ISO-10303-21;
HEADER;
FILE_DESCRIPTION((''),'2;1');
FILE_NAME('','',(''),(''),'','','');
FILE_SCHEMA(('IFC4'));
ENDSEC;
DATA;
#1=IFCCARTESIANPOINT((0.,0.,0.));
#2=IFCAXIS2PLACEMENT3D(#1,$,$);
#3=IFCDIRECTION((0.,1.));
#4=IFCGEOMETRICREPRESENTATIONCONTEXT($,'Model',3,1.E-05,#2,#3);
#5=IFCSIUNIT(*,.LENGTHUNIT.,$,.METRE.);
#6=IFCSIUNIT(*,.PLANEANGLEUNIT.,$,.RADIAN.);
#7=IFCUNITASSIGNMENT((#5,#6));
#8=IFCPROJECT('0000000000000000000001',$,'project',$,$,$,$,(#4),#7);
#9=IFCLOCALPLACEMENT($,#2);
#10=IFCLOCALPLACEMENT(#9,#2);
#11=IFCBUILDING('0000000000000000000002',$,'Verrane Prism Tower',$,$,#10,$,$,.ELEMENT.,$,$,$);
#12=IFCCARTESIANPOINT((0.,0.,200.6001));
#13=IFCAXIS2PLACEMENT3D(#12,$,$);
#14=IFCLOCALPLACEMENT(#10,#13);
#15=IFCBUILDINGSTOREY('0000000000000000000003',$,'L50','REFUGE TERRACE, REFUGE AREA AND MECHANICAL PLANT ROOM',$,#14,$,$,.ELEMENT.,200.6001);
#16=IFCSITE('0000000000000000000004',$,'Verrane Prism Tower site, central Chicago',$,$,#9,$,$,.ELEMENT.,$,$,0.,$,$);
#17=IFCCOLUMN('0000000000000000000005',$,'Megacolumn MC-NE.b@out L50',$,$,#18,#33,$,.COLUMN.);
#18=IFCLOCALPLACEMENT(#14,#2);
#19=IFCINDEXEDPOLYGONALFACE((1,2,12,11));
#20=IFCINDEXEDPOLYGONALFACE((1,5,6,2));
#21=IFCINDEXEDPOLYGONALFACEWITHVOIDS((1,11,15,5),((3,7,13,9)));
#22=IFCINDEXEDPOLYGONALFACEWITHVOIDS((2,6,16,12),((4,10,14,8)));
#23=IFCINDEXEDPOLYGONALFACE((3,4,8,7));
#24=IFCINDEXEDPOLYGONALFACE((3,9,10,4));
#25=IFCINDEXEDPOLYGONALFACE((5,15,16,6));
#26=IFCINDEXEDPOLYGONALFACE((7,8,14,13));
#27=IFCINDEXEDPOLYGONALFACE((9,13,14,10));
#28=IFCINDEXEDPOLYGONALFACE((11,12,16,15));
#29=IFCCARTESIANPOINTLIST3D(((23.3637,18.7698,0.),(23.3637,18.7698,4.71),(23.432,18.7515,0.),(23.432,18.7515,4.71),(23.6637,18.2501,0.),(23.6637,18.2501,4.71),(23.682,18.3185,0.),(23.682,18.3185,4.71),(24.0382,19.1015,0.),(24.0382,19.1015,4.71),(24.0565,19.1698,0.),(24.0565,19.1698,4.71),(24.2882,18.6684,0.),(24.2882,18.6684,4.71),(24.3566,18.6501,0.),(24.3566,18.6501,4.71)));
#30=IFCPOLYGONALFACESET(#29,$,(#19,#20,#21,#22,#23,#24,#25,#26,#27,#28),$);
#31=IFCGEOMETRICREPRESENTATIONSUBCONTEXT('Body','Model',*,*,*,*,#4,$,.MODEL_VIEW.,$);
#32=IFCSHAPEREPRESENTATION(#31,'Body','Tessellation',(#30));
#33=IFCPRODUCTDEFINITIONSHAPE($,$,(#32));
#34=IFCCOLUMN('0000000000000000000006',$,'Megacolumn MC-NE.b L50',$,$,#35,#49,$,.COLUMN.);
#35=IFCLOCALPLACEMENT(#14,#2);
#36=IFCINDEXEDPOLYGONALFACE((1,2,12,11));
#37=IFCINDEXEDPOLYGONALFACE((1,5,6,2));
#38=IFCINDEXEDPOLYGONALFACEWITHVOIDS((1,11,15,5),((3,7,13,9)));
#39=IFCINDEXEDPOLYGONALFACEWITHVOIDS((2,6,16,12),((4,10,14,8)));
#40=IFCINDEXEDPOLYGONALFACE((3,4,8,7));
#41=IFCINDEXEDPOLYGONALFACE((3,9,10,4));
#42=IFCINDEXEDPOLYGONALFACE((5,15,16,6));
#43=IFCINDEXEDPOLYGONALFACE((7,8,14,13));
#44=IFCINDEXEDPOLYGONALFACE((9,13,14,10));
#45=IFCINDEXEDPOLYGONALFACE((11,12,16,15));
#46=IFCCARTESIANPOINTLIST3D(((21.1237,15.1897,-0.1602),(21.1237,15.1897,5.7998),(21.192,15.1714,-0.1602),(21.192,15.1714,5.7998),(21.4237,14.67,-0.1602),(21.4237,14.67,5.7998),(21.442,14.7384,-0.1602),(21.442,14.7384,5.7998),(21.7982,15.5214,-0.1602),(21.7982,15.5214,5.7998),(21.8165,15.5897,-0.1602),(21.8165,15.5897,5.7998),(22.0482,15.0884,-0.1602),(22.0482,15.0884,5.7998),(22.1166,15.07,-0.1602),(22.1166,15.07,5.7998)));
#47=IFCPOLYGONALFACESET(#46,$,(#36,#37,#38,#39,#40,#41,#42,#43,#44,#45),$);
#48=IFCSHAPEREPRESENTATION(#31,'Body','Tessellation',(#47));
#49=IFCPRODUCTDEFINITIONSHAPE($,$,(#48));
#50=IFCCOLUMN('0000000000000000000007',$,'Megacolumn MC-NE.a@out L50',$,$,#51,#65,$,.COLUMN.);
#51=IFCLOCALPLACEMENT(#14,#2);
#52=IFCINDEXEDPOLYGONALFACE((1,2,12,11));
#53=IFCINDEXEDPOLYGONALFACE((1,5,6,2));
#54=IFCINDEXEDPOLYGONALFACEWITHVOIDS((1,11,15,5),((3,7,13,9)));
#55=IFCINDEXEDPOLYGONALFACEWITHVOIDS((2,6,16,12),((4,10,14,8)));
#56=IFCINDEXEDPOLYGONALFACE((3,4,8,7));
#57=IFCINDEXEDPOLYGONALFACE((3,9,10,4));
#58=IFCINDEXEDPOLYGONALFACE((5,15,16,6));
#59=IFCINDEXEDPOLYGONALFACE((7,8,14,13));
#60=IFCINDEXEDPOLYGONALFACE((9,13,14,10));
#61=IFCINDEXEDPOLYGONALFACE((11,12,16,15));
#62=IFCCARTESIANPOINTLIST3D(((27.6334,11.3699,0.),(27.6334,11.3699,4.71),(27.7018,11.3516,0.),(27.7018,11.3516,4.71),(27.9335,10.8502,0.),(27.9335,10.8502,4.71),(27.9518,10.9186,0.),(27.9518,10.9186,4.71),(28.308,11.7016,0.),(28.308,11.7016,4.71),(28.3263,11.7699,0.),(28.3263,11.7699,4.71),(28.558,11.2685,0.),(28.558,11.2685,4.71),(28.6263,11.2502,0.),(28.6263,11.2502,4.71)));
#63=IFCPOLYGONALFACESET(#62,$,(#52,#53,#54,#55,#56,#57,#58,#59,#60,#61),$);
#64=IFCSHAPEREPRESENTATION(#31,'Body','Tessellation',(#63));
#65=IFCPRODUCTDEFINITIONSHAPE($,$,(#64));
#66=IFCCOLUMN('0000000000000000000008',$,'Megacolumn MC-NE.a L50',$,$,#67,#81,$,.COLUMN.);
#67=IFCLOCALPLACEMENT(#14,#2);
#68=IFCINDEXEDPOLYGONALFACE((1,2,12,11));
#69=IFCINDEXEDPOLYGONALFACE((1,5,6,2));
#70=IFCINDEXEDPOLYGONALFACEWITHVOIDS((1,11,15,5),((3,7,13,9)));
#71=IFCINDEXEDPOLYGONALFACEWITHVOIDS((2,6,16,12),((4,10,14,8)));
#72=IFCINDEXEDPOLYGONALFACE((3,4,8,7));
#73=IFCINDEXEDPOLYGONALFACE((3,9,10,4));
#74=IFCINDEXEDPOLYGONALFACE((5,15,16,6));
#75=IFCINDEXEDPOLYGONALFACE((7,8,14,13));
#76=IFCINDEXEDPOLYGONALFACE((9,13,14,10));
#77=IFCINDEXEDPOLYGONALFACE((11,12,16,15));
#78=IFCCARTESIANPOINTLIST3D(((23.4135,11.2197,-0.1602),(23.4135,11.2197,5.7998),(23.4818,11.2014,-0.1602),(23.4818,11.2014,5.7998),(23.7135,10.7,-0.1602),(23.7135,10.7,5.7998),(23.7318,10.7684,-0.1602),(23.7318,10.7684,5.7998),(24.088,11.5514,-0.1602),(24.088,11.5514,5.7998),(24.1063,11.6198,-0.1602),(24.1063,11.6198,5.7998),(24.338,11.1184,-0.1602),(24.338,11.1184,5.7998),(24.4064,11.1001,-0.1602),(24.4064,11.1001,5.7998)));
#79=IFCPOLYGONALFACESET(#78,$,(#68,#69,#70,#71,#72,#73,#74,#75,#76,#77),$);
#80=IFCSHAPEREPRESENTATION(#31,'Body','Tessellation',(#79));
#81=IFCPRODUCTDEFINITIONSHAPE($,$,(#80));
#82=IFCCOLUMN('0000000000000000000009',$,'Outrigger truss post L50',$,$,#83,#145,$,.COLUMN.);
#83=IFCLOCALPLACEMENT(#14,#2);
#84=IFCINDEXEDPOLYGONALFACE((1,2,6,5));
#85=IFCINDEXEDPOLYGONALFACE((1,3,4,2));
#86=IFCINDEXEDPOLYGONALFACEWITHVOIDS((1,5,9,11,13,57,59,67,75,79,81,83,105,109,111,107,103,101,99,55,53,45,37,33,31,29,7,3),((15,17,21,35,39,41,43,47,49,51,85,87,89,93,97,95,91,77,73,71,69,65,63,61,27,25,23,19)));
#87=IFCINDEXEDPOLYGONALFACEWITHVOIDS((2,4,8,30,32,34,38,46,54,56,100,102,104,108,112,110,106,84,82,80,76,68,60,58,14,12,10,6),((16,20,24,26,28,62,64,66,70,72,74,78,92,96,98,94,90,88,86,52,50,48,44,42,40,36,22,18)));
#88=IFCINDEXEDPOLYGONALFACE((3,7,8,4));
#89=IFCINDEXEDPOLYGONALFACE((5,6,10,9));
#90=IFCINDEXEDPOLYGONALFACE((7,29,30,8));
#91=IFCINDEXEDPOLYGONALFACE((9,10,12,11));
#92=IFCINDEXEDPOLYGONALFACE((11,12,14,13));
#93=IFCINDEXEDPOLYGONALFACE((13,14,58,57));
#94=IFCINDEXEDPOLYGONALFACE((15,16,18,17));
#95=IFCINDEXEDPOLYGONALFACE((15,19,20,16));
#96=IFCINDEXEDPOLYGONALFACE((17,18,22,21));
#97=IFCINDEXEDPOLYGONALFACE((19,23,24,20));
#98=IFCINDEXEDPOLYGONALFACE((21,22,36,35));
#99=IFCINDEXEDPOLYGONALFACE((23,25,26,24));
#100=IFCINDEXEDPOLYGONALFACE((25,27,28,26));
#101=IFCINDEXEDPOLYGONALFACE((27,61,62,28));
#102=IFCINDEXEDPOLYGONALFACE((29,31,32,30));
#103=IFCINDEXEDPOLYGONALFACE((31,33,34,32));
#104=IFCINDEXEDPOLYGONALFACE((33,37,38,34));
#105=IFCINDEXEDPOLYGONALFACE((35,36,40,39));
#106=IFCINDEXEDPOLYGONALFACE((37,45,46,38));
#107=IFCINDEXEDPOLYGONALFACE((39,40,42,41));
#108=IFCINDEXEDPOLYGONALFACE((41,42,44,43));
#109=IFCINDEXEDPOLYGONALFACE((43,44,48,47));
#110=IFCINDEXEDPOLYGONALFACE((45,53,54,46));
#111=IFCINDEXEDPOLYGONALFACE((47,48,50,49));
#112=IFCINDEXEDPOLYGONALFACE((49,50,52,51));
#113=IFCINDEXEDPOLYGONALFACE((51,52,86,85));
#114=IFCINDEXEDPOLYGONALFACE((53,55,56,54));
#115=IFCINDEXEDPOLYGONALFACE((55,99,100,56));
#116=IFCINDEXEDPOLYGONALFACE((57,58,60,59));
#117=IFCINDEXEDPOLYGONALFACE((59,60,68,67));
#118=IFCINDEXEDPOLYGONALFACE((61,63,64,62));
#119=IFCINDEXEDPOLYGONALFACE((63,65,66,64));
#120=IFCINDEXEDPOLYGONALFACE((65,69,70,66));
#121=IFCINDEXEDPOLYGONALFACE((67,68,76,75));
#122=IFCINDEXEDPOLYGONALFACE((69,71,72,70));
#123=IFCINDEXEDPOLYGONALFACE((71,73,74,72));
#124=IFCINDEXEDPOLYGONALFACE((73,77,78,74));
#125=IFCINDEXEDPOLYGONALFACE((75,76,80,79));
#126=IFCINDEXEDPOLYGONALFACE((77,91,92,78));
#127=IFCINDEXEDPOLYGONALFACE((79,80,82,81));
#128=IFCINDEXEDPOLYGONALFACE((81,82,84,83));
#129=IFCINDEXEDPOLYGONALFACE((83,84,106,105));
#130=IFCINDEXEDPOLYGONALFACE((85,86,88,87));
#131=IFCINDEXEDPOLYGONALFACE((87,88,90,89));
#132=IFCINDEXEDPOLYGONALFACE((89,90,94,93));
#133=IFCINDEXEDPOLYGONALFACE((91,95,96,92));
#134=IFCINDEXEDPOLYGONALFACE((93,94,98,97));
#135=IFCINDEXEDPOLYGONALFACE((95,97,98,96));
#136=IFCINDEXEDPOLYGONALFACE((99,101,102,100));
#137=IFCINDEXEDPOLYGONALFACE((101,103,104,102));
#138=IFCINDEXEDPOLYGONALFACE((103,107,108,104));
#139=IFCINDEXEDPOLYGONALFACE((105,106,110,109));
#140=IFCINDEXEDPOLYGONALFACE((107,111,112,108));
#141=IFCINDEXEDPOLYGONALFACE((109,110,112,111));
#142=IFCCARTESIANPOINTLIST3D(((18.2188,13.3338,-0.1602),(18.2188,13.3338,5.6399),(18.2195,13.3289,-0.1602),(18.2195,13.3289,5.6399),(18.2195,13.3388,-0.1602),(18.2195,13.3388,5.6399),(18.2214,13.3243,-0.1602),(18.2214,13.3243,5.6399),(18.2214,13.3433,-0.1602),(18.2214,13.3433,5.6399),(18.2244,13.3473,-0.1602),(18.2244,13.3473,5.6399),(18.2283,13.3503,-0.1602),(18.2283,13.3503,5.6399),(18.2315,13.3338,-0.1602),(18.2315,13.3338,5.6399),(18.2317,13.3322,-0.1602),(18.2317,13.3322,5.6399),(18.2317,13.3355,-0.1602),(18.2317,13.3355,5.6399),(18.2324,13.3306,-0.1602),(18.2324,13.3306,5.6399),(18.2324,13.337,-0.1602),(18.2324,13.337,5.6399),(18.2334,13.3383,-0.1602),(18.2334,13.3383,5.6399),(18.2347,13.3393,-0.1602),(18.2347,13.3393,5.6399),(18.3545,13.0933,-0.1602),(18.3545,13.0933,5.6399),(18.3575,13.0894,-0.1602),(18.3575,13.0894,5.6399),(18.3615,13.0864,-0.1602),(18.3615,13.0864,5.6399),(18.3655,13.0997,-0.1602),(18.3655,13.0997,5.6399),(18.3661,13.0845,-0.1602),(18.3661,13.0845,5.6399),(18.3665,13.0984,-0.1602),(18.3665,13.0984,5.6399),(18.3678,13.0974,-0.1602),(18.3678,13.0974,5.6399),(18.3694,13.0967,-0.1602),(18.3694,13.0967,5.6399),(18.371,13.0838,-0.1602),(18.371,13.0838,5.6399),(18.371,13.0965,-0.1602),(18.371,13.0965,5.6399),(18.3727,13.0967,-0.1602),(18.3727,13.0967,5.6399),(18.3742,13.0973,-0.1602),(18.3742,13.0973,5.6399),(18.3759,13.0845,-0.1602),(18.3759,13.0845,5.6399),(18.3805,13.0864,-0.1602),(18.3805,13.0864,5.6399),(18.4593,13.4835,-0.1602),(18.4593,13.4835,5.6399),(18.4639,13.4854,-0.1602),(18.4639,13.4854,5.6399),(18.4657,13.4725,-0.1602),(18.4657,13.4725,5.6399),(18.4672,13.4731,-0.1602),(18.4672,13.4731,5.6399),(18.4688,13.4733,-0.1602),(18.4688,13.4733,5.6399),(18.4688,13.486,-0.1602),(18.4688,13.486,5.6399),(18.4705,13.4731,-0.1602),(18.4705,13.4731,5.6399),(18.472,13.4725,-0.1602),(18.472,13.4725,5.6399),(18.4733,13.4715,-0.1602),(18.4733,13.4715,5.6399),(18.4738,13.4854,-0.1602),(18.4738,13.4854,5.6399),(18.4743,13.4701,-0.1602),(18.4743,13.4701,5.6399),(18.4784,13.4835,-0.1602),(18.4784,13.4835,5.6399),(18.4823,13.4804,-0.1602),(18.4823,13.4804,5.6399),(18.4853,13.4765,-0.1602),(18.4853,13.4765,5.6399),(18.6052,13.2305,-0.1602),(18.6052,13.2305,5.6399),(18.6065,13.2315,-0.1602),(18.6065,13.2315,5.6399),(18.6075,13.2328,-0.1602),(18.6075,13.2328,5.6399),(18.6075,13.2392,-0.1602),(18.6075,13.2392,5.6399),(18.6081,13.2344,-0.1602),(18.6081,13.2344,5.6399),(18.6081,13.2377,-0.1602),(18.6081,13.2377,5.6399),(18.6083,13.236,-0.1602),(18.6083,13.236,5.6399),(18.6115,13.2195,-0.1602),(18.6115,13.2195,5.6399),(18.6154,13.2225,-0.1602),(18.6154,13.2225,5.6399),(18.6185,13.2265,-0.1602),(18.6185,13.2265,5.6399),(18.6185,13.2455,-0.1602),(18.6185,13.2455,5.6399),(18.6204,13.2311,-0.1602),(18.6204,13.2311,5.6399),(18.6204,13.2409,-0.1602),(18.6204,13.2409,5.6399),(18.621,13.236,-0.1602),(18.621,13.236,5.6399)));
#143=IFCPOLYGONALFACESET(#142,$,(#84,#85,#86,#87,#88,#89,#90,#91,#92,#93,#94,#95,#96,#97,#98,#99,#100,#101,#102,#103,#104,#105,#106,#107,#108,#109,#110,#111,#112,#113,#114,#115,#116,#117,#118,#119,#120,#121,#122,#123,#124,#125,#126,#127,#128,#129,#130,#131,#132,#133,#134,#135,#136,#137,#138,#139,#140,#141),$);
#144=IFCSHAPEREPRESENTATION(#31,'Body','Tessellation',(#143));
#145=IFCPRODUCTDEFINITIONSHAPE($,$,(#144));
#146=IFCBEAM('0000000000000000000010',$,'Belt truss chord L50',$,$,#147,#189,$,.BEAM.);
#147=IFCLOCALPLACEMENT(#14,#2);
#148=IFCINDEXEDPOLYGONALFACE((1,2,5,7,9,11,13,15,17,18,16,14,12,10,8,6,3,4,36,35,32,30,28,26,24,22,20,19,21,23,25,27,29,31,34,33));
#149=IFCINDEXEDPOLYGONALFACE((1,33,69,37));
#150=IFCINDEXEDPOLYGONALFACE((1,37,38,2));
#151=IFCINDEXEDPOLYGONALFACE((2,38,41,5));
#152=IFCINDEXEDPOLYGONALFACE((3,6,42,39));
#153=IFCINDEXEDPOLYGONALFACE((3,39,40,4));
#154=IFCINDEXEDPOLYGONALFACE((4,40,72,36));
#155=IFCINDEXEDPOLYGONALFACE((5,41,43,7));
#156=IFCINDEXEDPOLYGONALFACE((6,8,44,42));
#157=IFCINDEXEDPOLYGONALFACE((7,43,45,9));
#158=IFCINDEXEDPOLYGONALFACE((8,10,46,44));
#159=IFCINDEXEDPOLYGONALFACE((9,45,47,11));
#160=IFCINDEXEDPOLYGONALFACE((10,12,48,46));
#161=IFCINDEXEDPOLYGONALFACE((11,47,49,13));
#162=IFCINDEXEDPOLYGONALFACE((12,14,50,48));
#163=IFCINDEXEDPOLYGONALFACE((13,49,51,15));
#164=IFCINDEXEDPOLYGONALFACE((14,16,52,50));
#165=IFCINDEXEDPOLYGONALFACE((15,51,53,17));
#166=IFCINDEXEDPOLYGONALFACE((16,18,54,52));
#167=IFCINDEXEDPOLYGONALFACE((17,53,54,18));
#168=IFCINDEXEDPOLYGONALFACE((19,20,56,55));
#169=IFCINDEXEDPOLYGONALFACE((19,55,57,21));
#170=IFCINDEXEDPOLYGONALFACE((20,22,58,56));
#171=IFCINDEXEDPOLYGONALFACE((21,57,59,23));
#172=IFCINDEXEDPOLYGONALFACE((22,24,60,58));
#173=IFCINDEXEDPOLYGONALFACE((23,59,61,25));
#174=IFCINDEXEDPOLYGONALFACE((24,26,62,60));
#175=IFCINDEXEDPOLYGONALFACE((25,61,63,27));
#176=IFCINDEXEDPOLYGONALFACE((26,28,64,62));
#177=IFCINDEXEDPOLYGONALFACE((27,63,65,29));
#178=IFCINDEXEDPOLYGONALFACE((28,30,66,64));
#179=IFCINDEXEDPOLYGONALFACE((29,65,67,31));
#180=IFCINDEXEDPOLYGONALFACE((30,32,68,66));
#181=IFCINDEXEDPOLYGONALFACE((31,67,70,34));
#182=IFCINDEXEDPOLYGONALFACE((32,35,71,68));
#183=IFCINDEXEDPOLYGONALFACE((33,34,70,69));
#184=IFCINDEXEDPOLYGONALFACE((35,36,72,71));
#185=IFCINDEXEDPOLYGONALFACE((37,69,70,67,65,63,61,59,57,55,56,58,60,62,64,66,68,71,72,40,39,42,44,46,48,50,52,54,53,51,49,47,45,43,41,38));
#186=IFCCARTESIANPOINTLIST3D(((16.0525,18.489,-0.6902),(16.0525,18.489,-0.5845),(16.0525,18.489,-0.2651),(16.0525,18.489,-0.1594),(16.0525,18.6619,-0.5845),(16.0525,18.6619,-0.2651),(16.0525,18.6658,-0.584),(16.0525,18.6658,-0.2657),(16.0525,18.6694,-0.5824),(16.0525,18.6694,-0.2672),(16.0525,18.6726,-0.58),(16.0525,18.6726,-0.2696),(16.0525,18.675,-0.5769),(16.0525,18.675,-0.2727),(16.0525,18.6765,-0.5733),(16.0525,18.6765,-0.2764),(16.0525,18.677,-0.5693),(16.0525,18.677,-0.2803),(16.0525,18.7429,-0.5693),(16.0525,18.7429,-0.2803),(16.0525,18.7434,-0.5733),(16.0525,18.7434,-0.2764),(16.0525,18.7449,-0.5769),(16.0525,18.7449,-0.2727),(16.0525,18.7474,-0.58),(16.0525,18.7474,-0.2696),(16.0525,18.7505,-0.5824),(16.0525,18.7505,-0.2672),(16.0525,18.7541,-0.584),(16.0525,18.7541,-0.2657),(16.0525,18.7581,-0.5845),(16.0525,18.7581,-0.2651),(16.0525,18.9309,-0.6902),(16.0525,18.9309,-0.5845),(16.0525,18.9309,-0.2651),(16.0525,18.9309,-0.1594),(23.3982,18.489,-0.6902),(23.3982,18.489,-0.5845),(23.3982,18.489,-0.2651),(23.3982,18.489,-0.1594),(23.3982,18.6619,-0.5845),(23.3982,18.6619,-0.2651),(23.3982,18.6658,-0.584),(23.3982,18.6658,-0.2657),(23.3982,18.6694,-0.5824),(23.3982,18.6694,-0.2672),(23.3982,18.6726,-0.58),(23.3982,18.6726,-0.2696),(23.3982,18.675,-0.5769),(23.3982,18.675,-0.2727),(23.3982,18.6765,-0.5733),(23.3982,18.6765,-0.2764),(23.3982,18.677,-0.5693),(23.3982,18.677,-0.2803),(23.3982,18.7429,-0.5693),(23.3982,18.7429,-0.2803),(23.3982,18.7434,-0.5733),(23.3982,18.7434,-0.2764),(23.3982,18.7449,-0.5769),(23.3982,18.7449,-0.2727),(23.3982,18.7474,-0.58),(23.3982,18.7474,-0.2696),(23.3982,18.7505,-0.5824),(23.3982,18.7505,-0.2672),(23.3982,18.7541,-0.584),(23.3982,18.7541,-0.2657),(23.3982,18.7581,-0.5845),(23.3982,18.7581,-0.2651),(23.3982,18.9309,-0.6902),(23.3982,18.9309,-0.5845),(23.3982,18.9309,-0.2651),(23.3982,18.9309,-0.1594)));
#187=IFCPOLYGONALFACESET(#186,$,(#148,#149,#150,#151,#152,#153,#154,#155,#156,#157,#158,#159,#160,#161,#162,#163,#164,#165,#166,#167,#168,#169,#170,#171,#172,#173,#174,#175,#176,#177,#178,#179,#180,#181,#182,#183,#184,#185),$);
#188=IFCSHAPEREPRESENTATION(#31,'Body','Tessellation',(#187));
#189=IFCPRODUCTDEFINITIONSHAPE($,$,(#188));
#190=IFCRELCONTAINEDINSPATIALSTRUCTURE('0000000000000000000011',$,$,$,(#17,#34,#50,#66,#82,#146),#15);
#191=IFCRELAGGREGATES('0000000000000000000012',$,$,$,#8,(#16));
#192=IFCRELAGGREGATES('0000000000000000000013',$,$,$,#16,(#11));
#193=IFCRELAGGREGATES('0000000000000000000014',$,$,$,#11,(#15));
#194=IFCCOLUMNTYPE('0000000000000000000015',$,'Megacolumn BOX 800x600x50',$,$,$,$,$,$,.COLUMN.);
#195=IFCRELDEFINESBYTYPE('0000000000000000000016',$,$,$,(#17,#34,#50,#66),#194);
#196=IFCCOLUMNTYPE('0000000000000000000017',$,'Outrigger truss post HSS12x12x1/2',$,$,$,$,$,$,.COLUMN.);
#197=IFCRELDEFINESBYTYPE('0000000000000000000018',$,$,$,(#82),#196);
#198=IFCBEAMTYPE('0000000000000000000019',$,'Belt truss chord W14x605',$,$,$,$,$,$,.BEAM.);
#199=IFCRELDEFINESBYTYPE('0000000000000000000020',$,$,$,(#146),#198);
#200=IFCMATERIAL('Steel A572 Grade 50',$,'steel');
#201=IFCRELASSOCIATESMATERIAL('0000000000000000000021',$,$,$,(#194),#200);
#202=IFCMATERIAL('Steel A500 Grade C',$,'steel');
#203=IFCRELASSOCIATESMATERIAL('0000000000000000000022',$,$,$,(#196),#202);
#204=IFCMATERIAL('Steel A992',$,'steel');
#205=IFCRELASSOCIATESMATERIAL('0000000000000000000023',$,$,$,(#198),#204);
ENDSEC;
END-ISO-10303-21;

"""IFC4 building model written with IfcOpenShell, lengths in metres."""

from ifc_helpers import new_model, si_unit, direction, frame, origin, origin_2d, place, context, subcontext, project, spatial, hollow_rectangle, i_section, extrude, material, material_profile, profile_set, type_object, element, save


model = new_model("IFC4")

# Units and contexts
model_context = context("Model", 3, precision=1e-05, world=origin(), true_north=direction((0.0, 1.0)))
body_context = subcontext(model_context, "Body", "Model", "MODEL_VIEW")
ifc_project = project(units=[si_unit("LENGTHUNIT", "METRE"), si_unit("PLANEANGLEUNIT", "RADIAN")], contexts=[model_context])

# Site, building, storey
site_placement = place(None, origin())
site = spatial("IfcSite", under=ifc_project, at=site_placement, Name="Verrane Prism Tower site, central Chicago", CompositionType="ELEMENT", RefElevation=0.0)
building_placement = place(site_placement, origin())
building = spatial("IfcBuilding", under=site, at=building_placement, Name="Verrane Prism Tower", CompositionType="ELEMENT")
storey_placement = place(building_placement, frame((0.0, 0.0, 200.6001)))
storey = spatial("IfcBuildingStorey", under=building, at=storey_placement, Name="L50", Description="REFUGE TERRACE, REFUGE AREA AND MECHANICAL PLANT ROOM", CompositionType="ELEMENT", Elevation=200.6001)

# Columns
ifc_material_1 = material(Name="Steel A572 Grade 50", Category="steel")
ifc_material_profile_1 = material_profile(ifc_material_1, hollow_rectangle(XDim=0.6001, YDim=0.8, WallThickness=0.05, at=origin_2d()), Name="BOX 800x600x50")
ifc_profile_set_1 = profile_set([ifc_material_profile_1], Name="Steel A572 Grade 50")
column_type_1 = type_object("IfcColumnType", Name="Megacolumn BOX 800x600x50", PredefinedType="COLUMN", material=ifc_profile_set_1)
column_1_placement = place(storey_placement, frame((23.8601, 18.71, 0.0), z_axis=(0.0, 0.0, 1.0), x_axis=(0.5, -0.866025, 0.0)))
element("IfcColumn", 1, at=column_1_placement, inside=storey, type_object=column_type_1, Name="Megacolumn MC-NE.b@out L50", PredefinedType="COLUMN", context=body_context, shape_type="SweptSolid", body=[
    extrude(hollow_rectangle(XDim=0.6001, YDim=0.8, WallThickness=0.05, at=origin_2d()), origin(), (0.0, 0.0, 1.0), 4.71),
])
column_2_placement = place(storey_placement, frame((21.6201, 15.1299, -0.1602), z_axis=(0.0, 0.0, 1.0), x_axis=(0.5, -0.866025, 0.0)))
element("IfcColumn", 2, at=column_2_placement, inside=storey, type_object=column_type_1, Name="Megacolumn MC-NE.b L50", PredefinedType="COLUMN", context=body_context, shape_type="SweptSolid", body=[
    extrude(hollow_rectangle(XDim=0.6001, YDim=0.8, WallThickness=0.05, at=origin_2d()), origin(), (0.0, 0.0, 1.0), 5.96),
])
column_3_placement = place(storey_placement, frame((28.1299, 11.3101, 0.0), z_axis=(0.0, 0.0, 1.0), x_axis=(0.5, -0.866025, 0.0)))
element("IfcColumn", 3, at=column_3_placement, inside=storey, type_object=column_type_1, Name="Megacolumn MC-NE.a@out L50", PredefinedType="COLUMN", context=body_context, shape_type="SweptSolid", body=[
    extrude(hollow_rectangle(XDim=0.6001, YDim=0.8, WallThickness=0.05, at=origin_2d()), origin(), (0.0, 0.0, 1.0), 4.71),
])
column_4_placement = place(storey_placement, frame((23.9099, 11.1599, -0.1602), z_axis=(0.0, 0.0, 1.0), x_axis=(0.5, -0.866025, 0.0)))
element("IfcColumn", 4, at=column_4_placement, inside=storey, type_object=column_type_1, Name="Megacolumn MC-NE.a L50", PredefinedType="COLUMN", context=body_context, shape_type="SweptSolid", body=[
    extrude(hollow_rectangle(XDim=0.6001, YDim=0.8, WallThickness=0.05, at=origin_2d()), origin(), (0.0, 0.0, 1.0), 5.96),
])
ifc_material_2 = material(Name="Steel A500 Grade C", Category="steel")
ifc_material_profile_2 = material_profile(ifc_material_2, hollow_rectangle(XDim=0.3047, YDim=0.3047, WallThickness=0.0127, InnerFilletRadius=0.0063, OuterFilletRadius=0.019, at=origin_2d()), Name="HSS12x12x1/2")
ifc_profile_set_2 = profile_set([ifc_material_profile_2], Name="Steel A500 Grade C")
column_type_2 = type_object("IfcColumnType", Name="Outrigger truss post HSS12x12x1/2", PredefinedType="COLUMN", material=ifc_profile_set_2)
column_5_placement = place(storey_placement, frame((18.4199, 13.2849, -0.1602), z_axis=(0.0, 0.0, 1.0), x_axis=(-0.499488, 0.866321, 0.0)))
element("IfcColumn", 5, at=column_5_placement, inside=storey, type_object=column_type_2, Name="Outrigger truss post L50", PredefinedType="COLUMN", context=body_context, shape_type="SweptSolid", body=[
    extrude(hollow_rectangle(XDim=0.3047, YDim=0.3047, WallThickness=0.0127, InnerFilletRadius=0.0063, OuterFilletRadius=0.019, at=origin_2d()), origin(), (0.0, 0.0, 1.0), 5.8),
])

# Beam
ifc_material_3 = material(Name="Steel A992", Category="steel")
ifc_material_profile_3 = material_profile(ifc_material_3, i_section(OverallWidth=0.4419, OverallDepth=0.5308, WebThickness=0.0659, FlangeThickness=0.1057, FilletRadius=0.0151, at=origin_2d()), Name="W14x605")
ifc_profile_set_3 = profile_set([ifc_material_profile_3], Name="Steel A992")
beam_type_1 = type_object("IfcBeamType", Name="Belt truss chord W14x605", PredefinedType="BEAM", material=ifc_profile_set_3)
beam_1_placement = place(storey_placement, frame((23.3982, 18.71, -0.4248), z_axis=(-1.0, 0.0, 0.0), x_axis=(0.0, -1.0, 0.0)))
element("IfcBeam", 6, at=beam_1_placement, inside=storey, type_object=beam_type_1, Name="Belt truss chord L50", PredefinedType="BEAM", context=body_context, shape_type="SweptSolid", body=[
    extrude(i_section(OverallWidth=0.4419, OverallDepth=0.5308, WebThickness=0.0659, FlangeThickness=0.1057, FilletRadius=0.0151, at=origin_2d()), origin(), (0.0, 0.0, 1.0), 7.3457),
])

save(model, "model.ifc")
